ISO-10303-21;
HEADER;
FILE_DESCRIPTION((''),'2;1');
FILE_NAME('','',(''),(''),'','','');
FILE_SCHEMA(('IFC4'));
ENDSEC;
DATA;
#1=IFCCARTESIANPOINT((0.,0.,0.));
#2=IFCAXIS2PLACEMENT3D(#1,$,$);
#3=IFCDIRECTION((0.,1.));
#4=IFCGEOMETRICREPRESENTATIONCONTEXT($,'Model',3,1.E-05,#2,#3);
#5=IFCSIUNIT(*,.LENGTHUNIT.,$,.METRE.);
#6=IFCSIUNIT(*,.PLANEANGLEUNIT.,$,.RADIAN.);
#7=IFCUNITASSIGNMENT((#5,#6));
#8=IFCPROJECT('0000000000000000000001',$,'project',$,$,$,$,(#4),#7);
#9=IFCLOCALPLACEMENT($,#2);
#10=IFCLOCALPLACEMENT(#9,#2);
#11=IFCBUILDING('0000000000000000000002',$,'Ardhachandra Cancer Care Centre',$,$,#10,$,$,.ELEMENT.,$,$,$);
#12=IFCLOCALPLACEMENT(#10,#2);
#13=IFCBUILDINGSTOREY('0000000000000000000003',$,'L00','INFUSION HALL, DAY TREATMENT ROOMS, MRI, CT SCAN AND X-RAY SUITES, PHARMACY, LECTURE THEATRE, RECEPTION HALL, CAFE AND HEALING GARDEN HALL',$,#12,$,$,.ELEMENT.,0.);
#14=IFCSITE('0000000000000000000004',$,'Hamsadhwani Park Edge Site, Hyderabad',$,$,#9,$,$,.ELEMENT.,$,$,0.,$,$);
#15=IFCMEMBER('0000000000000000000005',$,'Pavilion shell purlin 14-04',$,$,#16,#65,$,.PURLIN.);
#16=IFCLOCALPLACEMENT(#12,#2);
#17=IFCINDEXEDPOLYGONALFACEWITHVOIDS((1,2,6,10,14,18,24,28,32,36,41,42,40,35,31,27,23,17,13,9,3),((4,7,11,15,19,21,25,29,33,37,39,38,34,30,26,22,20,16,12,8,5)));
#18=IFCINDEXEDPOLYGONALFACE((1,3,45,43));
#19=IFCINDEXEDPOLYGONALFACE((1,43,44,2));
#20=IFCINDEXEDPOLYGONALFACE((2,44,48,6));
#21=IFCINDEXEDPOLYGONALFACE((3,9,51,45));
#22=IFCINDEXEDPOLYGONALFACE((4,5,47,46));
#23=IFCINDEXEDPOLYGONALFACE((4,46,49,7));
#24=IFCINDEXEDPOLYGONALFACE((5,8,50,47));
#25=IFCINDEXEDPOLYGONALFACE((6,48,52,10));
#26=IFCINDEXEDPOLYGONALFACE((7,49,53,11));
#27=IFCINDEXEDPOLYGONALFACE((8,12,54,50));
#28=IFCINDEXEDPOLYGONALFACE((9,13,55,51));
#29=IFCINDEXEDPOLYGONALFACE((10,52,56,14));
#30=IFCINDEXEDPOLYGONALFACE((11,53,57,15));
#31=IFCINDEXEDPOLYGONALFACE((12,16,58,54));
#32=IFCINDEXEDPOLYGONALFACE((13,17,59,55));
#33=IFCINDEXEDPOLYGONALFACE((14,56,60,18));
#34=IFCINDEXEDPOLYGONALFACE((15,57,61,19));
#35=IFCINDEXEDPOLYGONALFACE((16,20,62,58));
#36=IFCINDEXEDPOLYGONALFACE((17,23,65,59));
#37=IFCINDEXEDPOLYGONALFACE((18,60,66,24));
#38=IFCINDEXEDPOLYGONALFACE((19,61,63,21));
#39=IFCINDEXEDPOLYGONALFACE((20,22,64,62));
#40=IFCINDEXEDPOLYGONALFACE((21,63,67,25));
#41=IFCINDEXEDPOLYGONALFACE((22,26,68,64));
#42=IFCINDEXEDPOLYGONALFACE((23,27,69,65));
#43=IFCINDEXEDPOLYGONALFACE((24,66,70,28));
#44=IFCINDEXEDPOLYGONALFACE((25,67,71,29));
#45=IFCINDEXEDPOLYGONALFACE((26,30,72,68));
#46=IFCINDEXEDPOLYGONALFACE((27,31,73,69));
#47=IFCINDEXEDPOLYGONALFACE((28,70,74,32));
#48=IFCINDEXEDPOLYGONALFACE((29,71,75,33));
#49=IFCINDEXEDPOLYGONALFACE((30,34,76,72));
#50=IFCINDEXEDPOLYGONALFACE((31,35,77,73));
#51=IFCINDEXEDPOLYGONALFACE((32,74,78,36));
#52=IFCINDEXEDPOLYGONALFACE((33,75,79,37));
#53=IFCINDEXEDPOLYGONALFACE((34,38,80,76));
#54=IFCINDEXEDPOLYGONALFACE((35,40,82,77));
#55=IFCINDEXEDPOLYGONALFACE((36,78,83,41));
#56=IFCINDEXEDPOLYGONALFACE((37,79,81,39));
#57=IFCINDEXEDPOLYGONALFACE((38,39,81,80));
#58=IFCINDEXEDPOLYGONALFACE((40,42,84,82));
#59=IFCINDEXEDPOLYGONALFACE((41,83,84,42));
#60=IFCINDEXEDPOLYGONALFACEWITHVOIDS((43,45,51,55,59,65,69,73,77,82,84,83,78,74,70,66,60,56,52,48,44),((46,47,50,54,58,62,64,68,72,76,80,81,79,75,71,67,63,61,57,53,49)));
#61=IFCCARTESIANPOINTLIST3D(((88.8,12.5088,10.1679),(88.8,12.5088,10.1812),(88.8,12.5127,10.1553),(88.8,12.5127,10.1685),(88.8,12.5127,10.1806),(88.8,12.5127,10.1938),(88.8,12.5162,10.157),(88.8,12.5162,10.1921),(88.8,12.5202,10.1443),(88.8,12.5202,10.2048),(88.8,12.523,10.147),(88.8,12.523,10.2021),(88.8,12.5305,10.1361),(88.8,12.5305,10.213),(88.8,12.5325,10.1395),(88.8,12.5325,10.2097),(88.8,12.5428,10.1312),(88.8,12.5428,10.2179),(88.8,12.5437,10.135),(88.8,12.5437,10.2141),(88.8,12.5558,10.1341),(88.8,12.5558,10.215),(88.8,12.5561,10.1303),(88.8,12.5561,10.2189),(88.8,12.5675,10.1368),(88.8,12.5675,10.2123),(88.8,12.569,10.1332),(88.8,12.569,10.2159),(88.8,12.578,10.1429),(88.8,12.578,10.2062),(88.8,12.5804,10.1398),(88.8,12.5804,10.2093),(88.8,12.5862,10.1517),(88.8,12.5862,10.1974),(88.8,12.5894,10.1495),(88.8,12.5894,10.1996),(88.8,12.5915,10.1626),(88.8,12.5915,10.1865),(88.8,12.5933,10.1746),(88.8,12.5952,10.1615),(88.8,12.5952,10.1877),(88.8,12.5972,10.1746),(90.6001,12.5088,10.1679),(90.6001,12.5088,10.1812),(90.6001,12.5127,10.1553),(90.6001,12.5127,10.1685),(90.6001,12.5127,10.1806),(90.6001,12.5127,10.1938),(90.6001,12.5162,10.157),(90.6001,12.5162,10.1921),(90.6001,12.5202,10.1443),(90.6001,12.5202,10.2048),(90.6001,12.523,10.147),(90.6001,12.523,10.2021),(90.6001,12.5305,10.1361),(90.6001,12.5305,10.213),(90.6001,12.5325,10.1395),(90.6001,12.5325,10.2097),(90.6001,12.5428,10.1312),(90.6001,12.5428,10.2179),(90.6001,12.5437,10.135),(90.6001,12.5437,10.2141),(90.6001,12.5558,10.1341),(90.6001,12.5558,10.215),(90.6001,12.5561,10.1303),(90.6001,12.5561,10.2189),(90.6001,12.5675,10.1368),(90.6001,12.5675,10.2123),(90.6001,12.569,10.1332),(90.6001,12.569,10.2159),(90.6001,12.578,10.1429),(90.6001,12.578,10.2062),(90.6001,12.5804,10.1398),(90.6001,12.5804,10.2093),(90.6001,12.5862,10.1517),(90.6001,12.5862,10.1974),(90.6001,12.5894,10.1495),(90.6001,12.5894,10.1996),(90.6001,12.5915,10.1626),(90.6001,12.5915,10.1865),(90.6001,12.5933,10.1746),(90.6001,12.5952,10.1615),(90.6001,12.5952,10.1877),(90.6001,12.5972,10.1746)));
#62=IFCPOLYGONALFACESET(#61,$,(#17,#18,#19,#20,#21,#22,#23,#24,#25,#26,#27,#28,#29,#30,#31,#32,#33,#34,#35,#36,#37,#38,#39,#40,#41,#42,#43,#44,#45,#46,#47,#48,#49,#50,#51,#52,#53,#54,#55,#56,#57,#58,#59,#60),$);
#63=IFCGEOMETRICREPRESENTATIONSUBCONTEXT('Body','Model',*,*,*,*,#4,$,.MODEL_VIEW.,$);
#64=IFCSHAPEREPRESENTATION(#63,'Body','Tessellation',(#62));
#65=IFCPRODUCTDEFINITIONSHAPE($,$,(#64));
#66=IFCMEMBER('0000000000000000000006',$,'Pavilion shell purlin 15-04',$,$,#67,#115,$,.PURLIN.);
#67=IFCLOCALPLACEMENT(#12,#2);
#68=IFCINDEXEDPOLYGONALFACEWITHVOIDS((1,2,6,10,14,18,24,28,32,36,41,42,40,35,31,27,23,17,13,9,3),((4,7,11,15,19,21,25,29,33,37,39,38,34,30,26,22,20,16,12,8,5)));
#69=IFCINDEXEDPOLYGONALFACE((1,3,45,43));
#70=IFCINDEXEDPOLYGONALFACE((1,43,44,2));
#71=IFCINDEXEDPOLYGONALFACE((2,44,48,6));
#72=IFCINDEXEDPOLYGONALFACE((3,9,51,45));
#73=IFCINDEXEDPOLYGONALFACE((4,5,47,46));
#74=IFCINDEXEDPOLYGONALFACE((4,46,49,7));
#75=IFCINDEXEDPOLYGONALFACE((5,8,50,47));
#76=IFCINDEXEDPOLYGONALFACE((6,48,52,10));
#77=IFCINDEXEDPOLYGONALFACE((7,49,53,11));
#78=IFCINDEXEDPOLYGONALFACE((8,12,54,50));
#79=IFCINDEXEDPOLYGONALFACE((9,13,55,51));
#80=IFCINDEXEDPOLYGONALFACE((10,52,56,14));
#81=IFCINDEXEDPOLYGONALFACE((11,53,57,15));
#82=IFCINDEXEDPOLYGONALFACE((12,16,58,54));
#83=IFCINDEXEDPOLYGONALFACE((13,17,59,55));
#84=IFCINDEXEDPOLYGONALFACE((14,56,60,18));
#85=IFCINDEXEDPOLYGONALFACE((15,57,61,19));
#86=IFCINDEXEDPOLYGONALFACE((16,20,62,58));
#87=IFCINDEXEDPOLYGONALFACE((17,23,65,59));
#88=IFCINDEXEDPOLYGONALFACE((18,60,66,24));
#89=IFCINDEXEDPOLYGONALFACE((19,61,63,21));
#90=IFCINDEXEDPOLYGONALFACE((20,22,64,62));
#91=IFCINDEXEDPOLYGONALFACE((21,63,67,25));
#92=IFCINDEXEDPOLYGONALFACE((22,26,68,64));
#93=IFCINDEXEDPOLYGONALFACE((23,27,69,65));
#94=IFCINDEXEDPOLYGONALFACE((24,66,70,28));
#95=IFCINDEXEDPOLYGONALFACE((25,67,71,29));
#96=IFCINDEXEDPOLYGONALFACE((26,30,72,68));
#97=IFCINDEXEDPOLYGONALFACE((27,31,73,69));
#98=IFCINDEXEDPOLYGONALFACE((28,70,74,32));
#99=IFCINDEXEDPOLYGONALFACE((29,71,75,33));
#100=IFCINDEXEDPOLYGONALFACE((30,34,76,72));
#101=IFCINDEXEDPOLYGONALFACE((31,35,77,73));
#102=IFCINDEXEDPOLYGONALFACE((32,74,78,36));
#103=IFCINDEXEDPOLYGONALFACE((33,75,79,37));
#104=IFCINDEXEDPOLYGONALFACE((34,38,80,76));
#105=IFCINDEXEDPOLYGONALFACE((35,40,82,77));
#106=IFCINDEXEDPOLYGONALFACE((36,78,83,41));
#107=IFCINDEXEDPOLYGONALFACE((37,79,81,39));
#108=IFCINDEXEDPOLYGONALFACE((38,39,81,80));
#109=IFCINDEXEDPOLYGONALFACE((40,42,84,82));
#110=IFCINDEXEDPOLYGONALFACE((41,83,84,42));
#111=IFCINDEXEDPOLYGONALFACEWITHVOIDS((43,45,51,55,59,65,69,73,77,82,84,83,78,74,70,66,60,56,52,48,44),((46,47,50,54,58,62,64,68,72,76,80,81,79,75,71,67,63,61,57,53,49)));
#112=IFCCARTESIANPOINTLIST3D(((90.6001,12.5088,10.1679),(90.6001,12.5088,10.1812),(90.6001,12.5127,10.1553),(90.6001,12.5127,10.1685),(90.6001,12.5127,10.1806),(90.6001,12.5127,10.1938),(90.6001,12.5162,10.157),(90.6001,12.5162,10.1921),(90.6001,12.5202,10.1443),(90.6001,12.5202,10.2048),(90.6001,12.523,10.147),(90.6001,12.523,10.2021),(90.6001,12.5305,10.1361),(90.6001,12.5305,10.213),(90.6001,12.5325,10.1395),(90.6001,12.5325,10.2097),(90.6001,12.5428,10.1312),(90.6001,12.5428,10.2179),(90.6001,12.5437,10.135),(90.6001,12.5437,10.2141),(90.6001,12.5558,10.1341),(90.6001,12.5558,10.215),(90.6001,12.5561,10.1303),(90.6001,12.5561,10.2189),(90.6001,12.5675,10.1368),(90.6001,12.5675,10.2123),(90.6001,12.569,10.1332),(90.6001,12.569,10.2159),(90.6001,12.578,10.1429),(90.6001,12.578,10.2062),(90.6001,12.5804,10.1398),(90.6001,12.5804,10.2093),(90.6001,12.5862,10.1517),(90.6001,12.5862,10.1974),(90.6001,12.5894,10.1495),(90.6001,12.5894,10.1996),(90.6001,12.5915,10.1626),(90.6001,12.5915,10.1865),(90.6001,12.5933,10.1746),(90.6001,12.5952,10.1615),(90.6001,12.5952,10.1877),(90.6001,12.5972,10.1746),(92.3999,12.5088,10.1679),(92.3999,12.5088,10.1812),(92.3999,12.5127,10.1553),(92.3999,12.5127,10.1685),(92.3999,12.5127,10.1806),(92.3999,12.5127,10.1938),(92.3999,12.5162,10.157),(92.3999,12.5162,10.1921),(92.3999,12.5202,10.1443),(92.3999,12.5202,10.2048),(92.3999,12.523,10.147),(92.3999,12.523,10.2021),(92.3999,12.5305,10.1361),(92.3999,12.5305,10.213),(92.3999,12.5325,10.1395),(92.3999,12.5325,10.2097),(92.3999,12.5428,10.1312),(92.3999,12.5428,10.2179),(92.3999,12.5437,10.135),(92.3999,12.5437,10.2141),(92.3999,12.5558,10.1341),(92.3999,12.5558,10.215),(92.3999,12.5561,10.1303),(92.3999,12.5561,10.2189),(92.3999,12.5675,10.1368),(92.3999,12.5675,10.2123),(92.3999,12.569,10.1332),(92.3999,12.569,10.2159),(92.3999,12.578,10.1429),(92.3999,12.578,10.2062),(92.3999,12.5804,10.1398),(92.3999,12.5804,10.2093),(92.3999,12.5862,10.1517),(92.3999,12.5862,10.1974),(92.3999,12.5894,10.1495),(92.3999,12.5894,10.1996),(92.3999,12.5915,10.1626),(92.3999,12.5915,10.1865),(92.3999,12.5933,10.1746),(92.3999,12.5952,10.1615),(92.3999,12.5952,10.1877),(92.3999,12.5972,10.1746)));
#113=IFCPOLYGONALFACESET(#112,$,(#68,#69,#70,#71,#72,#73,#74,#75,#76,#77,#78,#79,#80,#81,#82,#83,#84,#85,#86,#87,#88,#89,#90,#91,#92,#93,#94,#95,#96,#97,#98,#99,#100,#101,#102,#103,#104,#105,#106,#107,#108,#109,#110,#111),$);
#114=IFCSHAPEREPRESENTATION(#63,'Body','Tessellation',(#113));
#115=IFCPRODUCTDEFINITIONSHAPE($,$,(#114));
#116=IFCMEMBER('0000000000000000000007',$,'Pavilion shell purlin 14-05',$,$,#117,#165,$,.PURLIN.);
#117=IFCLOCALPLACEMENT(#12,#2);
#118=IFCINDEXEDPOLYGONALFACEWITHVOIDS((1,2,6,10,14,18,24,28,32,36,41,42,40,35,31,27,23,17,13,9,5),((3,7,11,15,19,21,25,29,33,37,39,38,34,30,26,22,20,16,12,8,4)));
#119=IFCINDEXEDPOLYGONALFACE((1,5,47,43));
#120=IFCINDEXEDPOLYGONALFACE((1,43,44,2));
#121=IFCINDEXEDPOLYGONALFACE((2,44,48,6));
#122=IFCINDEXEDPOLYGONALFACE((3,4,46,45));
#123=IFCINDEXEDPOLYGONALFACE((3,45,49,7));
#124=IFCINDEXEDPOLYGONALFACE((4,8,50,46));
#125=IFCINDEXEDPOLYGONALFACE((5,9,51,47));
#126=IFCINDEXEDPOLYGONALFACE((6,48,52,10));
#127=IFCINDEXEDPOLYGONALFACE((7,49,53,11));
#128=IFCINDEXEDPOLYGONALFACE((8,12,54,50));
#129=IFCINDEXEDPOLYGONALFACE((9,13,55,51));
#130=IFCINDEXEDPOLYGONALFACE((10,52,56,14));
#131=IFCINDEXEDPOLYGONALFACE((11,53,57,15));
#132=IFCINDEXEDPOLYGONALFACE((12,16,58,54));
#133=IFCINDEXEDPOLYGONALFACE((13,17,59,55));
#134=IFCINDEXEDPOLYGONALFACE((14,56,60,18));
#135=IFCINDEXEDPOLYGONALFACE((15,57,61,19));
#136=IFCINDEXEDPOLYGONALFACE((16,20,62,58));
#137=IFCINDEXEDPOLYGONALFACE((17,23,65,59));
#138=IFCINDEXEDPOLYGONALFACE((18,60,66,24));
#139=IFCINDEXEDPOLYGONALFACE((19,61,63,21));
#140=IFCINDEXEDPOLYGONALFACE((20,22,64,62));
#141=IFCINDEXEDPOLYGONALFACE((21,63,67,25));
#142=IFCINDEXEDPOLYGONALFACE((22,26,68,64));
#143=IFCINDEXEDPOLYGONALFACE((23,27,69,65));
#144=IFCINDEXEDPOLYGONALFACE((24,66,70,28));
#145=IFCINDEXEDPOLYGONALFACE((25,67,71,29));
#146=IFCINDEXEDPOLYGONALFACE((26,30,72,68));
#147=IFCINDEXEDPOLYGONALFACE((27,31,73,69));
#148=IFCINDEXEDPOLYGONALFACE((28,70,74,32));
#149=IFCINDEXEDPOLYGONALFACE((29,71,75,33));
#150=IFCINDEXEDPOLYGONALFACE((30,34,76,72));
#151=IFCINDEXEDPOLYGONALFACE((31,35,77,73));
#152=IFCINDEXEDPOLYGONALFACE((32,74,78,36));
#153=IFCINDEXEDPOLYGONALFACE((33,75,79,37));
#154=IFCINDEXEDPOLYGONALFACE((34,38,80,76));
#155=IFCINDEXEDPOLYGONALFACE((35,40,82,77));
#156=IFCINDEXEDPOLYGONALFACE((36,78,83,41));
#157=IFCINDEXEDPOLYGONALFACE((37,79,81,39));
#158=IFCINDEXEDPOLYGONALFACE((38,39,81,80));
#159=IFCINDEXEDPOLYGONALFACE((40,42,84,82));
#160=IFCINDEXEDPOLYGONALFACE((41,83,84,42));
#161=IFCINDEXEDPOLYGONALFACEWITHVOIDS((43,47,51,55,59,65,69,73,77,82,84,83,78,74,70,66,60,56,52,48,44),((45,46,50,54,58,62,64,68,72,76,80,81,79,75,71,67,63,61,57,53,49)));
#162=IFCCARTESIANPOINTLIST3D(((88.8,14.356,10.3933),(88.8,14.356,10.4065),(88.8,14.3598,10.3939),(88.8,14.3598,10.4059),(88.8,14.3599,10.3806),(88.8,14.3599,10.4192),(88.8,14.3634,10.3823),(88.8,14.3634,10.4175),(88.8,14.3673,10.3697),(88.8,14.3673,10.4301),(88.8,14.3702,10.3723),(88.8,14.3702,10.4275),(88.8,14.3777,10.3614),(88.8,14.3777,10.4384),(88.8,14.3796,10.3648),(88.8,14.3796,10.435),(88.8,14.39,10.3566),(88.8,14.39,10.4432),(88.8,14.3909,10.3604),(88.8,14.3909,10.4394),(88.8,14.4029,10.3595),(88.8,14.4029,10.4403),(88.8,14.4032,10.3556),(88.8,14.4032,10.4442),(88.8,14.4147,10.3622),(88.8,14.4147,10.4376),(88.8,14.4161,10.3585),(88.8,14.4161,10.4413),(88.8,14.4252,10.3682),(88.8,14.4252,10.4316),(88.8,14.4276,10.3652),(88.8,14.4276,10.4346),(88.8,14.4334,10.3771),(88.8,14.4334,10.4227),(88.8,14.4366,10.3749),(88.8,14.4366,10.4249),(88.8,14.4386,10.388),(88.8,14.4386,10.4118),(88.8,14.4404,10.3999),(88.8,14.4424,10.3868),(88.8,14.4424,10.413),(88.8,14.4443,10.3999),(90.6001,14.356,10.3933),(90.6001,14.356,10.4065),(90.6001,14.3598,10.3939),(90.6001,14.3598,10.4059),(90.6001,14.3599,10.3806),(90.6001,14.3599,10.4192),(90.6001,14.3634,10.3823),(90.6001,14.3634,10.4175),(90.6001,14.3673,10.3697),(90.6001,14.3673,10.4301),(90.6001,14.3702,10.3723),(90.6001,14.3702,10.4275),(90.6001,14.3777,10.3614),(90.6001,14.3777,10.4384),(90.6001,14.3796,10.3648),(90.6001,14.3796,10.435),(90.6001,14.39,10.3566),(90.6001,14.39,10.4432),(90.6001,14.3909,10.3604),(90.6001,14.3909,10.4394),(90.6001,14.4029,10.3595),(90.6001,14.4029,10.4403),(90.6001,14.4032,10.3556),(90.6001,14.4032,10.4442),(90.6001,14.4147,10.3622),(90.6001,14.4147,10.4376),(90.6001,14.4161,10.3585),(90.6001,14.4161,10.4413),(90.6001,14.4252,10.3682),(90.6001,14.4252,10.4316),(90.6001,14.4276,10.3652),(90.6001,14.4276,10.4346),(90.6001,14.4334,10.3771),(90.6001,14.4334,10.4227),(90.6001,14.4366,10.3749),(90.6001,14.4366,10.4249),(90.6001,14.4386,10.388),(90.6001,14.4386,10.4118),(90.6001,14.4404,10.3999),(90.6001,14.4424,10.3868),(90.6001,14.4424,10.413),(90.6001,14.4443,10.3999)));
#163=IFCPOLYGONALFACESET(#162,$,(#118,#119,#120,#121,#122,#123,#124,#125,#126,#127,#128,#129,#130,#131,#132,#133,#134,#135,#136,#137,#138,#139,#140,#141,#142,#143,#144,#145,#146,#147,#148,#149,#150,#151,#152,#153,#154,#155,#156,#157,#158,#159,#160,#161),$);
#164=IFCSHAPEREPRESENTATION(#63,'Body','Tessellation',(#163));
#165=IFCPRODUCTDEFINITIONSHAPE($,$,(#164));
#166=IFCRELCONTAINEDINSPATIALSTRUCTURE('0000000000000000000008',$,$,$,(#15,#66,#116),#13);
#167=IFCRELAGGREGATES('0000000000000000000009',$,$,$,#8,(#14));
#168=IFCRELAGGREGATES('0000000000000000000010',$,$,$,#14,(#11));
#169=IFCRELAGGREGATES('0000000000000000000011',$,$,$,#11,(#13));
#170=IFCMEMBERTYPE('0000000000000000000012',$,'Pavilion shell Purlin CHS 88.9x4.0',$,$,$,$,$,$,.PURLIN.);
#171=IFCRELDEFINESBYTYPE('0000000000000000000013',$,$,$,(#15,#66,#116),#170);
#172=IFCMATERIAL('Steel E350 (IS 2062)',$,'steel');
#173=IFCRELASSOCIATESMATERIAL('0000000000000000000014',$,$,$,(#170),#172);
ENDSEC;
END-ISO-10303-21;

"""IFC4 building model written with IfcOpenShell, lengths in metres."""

from ifc_helpers import new_model, si_unit, direction, frame, origin, origin_2d, place, context, subcontext, project, spatial, hollow_circle, extrude, material, material_profile, profile_set, type_object, element, save


model = new_model("IFC4")

# Units and contexts
model_context = context("Model", 3, precision=1e-05, world=origin(), true_north=direction((0.0, 1.0)))
body_context = subcontext(model_context, "Body", "Model", "MODEL_VIEW")
ifc_project = project(units=[si_unit("LENGTHUNIT", "METRE"), si_unit("PLANEANGLEUNIT", "RADIAN")], contexts=[model_context])

# Site, building, storey
site_placement = place(None, origin())
site = spatial("IfcSite", under=ifc_project, at=site_placement, Name="Hamsadhwani Park Edge Site, Hyderabad", CompositionType="ELEMENT", RefElevation=0.0)
building_placement = place(site_placement, origin())
building = spatial("IfcBuilding", under=site, at=building_placement, Name="Ardhachandra Cancer Care Centre", CompositionType="ELEMENT")
storey_placement = place(building_placement, origin())
storey = spatial("IfcBuildingStorey", under=building, at=storey_placement, Name="L00", Description="INFUSION HALL, DAY TREATMENT ROOMS, MRI, CT SCAN AND X-RAY SUITES, PHARMACY, LECTURE THEATRE, RECEPTION HALL, CAFE AND HEALING GARDEN HALL", CompositionType="ELEMENT", Elevation=0.0)

# Members
ifc_material_1 = material(Name="Steel E350 (IS 2062)", Category="steel")
ifc_material_profile_1 = material_profile(ifc_material_1, hollow_circle(Radius=0.0444, WallThickness=0.0039, at=origin_2d()), Name="CHS 88.9x4.0")
ifc_profile_set_1 = profile_set([ifc_material_profile_1], Name="Steel E350 (IS 2062)")
member_type_1 = type_object("IfcMemberType", Name="Pavilion shell Purlin CHS 88.9x4.0", PredefinedType="PURLIN", material=ifc_profile_set_1)
member_1_placement = place(storey_placement, frame((88.8, 12.5527, 10.1746), z_axis=(1.0, 0.0, 0.0), x_axis=(0.0, 1.0, 0.0)))
element("IfcMember", 1, at=member_1_placement, inside=storey, type_object=member_type_1, Name="Pavilion shell purlin 14-04", PredefinedType="PURLIN", context=body_context, shape_type="SweptSolid", body=[
    extrude(hollow_circle(Radius=0.0444, WallThickness=0.0039, at=origin_2d()), origin(), (0.0, 0.0, 1.0), 1.8),
])
member_2_placement = place(storey_placement, frame((90.6001, 12.5527, 10.1746), z_axis=(1.0, 0.0, 0.0), x_axis=(0.0, 1.0, 0.0)))
element("IfcMember", 2, at=member_2_placement, inside=storey, type_object=member_type_1, Name="Pavilion shell purlin 15-04", PredefinedType="PURLIN", context=body_context, shape_type="SweptSolid", body=[
    extrude(hollow_circle(Radius=0.0444, WallThickness=0.0039, at=origin_2d()), origin(), (0.0, 0.0, 1.0), 1.7998),
])
member_3_placement = place(storey_placement, frame((88.8, 14.3999, 10.3999), z_axis=(1.0, 0.0, 0.0), x_axis=(0.0, 1.0, 0.0)))
element("IfcMember", 3, at=member_3_placement, inside=storey, type_object=member_type_1, Name="Pavilion shell purlin 14-05", PredefinedType="PURLIN", context=body_context, shape_type="SweptSolid", body=[
    extrude(hollow_circle(Radius=0.0444, WallThickness=0.0039, at=origin_2d()), origin(), (0.0, 0.0, 1.0), 1.8),
])

save(model, "model.ifc")
